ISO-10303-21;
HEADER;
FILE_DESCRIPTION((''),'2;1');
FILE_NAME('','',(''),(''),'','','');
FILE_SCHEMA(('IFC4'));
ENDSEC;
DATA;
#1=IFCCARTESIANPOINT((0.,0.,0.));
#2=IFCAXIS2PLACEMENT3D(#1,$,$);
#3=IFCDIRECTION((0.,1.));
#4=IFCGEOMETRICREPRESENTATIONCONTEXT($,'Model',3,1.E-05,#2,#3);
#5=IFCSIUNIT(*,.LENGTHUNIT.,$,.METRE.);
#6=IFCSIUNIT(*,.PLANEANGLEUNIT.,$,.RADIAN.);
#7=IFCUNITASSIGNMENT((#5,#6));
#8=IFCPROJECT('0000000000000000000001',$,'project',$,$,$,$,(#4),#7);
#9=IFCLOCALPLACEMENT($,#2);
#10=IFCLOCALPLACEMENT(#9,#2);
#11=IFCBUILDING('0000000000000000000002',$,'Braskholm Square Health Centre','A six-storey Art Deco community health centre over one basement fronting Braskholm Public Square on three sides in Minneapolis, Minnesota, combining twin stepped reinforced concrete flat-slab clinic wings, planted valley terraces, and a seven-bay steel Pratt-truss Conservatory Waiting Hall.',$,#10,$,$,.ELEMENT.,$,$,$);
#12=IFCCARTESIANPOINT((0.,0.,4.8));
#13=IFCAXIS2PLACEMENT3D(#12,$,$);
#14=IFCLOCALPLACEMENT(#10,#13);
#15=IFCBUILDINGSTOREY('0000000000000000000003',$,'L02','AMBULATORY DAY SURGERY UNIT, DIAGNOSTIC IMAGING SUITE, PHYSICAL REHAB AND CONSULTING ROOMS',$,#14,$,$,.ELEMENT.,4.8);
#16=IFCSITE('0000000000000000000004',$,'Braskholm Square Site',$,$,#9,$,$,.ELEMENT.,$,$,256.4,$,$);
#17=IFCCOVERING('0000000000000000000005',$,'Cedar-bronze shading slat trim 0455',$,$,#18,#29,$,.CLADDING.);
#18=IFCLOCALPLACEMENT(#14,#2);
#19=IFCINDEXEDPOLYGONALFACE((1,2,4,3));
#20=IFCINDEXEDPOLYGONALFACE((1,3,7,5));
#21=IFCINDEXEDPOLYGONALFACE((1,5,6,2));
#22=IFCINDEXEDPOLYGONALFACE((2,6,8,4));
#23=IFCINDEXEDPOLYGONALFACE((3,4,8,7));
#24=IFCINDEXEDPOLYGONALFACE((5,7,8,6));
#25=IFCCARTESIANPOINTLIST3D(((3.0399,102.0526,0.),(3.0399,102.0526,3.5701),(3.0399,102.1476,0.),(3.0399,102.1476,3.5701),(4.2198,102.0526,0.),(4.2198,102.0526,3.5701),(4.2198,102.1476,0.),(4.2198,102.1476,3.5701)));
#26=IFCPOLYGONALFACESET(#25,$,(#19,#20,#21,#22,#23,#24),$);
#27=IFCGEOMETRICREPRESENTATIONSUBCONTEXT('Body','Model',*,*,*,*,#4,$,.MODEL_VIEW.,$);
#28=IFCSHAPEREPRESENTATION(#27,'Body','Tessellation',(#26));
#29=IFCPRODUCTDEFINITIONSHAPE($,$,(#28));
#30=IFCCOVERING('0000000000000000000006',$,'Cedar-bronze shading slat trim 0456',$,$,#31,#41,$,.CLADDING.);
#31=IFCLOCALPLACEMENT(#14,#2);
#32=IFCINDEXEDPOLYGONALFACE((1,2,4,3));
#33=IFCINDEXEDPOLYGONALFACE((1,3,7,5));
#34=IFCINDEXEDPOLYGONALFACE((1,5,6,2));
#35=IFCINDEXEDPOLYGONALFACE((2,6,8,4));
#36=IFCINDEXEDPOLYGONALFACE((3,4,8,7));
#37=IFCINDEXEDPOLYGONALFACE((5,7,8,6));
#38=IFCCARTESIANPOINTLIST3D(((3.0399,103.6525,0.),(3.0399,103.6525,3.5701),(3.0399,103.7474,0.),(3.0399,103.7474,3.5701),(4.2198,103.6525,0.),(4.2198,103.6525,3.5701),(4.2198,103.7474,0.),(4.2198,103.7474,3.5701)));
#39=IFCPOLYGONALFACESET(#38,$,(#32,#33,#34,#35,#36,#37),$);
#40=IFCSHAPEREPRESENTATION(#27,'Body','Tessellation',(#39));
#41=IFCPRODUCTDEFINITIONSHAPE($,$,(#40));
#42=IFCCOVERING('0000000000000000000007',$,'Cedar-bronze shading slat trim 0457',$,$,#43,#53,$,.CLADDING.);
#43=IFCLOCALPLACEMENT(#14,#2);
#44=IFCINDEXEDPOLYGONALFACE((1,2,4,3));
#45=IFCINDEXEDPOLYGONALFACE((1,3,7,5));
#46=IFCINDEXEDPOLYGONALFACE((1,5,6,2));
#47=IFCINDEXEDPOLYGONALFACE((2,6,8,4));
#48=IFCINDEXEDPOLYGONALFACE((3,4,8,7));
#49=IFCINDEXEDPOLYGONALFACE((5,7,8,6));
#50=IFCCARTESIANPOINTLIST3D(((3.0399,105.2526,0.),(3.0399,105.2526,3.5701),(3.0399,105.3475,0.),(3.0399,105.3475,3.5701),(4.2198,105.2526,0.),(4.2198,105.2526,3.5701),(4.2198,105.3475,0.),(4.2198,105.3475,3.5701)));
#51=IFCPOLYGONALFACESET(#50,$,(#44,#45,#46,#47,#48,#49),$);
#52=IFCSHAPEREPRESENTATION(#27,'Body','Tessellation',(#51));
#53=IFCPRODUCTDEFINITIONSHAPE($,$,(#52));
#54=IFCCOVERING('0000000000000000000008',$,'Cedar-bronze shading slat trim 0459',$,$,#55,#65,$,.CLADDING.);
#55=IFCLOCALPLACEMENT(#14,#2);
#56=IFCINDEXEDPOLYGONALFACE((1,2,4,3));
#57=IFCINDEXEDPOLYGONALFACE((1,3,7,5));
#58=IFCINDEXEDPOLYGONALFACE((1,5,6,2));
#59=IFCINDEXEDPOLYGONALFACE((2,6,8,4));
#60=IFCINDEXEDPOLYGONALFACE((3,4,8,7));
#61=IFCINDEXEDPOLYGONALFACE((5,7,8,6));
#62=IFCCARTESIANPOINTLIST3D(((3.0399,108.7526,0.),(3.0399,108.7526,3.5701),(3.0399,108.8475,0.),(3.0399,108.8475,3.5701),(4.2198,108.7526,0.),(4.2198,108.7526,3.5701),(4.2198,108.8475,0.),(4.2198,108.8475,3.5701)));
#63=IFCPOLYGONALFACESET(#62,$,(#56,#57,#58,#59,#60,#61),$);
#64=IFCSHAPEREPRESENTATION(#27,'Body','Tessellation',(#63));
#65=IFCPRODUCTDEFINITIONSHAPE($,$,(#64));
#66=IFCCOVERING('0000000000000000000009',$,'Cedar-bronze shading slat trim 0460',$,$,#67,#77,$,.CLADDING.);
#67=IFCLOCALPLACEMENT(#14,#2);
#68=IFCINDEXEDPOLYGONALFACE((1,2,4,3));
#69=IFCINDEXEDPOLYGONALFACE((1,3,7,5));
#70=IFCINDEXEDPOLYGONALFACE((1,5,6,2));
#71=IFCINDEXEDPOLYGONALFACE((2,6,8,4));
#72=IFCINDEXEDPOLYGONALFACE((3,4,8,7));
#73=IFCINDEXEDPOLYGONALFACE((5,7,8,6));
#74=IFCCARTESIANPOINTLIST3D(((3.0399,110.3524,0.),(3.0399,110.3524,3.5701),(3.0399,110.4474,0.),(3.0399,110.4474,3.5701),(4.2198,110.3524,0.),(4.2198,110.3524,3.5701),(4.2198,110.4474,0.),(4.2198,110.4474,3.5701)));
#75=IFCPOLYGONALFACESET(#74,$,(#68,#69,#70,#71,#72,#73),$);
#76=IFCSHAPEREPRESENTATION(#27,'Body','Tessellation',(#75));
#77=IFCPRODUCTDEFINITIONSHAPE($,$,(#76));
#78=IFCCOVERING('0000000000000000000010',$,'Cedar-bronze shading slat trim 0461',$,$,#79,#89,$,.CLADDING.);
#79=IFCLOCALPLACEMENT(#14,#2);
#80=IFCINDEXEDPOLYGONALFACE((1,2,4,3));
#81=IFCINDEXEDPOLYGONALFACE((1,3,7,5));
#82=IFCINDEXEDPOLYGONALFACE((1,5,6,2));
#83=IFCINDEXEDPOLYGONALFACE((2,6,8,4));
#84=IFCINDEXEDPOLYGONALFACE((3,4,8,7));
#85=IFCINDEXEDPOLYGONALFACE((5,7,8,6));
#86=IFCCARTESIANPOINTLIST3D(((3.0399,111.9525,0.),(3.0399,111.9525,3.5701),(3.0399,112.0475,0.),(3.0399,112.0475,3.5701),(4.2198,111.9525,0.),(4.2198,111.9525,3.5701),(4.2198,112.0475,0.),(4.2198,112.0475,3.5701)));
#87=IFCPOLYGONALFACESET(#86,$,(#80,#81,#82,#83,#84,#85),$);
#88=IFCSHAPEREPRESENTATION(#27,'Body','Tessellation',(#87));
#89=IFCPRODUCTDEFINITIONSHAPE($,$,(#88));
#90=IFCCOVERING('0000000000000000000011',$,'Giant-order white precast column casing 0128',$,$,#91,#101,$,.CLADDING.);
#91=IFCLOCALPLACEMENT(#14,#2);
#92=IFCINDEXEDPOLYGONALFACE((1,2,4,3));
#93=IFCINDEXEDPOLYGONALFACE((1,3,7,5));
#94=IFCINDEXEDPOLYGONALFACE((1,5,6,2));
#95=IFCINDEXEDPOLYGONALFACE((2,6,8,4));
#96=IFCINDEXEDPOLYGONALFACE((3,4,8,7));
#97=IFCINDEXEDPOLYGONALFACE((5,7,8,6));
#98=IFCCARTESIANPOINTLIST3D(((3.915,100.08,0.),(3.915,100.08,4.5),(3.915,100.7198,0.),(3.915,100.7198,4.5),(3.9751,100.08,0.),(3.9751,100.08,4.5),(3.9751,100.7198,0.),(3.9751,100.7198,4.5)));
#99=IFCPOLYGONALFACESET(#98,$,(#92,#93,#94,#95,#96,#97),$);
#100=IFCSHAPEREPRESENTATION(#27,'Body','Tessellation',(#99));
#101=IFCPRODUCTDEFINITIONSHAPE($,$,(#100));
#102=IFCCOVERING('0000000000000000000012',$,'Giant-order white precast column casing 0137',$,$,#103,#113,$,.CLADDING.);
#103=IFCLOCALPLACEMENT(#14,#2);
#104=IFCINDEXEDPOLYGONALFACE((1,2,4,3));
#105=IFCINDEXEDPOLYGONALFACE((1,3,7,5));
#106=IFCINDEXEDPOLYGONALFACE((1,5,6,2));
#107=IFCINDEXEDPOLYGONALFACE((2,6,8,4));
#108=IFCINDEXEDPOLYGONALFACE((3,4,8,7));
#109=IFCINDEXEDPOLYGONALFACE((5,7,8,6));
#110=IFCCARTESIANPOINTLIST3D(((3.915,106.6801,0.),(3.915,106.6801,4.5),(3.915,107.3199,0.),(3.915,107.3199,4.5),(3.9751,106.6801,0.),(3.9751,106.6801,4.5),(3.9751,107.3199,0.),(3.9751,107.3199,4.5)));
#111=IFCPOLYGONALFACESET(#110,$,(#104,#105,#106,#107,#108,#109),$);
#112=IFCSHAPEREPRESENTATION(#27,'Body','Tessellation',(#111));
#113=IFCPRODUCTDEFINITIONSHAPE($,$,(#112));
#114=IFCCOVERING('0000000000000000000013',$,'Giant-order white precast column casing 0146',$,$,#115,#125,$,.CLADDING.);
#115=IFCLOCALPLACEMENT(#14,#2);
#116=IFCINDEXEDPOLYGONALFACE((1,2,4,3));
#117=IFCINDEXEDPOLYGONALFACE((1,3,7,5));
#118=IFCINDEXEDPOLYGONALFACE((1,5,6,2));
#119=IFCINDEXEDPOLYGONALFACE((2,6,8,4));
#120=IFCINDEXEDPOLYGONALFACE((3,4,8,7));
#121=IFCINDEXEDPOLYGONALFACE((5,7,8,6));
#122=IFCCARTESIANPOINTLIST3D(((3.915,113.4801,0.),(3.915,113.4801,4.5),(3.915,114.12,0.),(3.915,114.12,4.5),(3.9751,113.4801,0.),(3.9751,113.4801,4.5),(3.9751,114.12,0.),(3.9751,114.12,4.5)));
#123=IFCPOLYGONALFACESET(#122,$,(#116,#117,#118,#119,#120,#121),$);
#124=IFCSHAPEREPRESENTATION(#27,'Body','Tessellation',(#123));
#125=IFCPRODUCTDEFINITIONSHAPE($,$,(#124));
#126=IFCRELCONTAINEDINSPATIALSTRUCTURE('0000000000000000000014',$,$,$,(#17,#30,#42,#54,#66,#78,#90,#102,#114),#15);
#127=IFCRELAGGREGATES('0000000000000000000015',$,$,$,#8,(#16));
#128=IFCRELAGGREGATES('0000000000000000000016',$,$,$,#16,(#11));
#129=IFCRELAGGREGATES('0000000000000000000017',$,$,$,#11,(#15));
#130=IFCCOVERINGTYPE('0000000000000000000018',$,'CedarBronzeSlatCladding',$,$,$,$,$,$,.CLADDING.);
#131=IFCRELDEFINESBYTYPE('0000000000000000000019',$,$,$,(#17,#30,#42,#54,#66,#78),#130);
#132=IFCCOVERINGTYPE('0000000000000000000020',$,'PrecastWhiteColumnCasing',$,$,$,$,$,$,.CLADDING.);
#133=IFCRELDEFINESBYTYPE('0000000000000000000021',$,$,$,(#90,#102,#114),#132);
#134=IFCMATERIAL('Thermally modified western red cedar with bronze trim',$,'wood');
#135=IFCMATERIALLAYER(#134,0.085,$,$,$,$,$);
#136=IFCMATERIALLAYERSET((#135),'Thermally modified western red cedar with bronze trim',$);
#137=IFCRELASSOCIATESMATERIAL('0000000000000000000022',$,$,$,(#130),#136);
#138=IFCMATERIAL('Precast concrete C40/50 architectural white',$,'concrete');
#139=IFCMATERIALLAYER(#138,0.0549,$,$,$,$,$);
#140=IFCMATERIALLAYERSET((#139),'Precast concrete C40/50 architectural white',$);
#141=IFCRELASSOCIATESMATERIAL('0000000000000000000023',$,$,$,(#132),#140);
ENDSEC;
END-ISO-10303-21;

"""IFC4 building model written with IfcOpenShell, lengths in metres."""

from ifc_helpers import new_model, si_unit, direction, frame, origin, origin_2d, place, context, subcontext, project, spatial, rectangle, extrude, material, layer, layer_set, type_object, element, save


model = new_model("IFC4")

# Units and contexts
model_context = context("Model", 3, precision=1e-05, world=origin(), true_north=direction((0.0, 1.0)))
body_context = subcontext(model_context, "Body", "Model", "MODEL_VIEW")
ifc_project = project(units=[si_unit("LENGTHUNIT", "METRE"), si_unit("PLANEANGLEUNIT", "RADIAN")], contexts=[model_context])

# Site, building, storey
site_placement = place(None, origin())
site = spatial("IfcSite", under=ifc_project, at=site_placement, Name="Braskholm Square Site", CompositionType="ELEMENT", RefElevation=256.4)
building_placement = place(site_placement, origin())
building = spatial("IfcBuilding", under=site, at=building_placement, Name="Braskholm Square Health Centre", Description="A six-storey Art Deco community health centre over one basement fronting Braskholm Public Square on three sides in Minneapolis, Minnesota, combining twin stepped reinforced concrete flat-slab clinic wings, planted valley terraces, and a seven-bay steel Pratt-truss Conservatory Waiting Hall.", CompositionType="ELEMENT")
storey_placement = place(building_placement, frame((0.0, 0.0, 4.8)))
storey = spatial("IfcBuildingStorey", under=building, at=storey_placement, Name="L02", Description="AMBULATORY DAY SURGERY UNIT, DIAGNOSTIC IMAGING SUITE, PHYSICAL REHAB AND CONSULTING ROOMS", CompositionType="ELEMENT", Elevation=4.8)

# Shared definitions
ifc_material_1 = material(Name="Precast concrete C40/50 architectural white", Category="concrete")

# Shared definitions
ifc_material_2 = material(Name="Thermally modified western red cedar with bronze trim", Category="wood")

# Coverings
ifc_layer_1 = layer(ifc_material_2, 0.085)
ifc_layer_set_1 = layer_set([ifc_layer_1], Name="Thermally modified western red cedar with bronze trim")
covering_type_1 = type_object("IfcCoveringType", Name="CedarBronzeSlatCladding", PredefinedType="CLADDING", material=ifc_layer_set_1)
for number, where, z_axis, x_axis, name in (
    (1, (3.6299, 102.1001, 0.0), (0.0, 0.0, 1.0), (1.0, 0.0, 0.0), "Cedar-bronze shading slat trim 0455"),
    (2, (3.6299, 103.7, 0.0), (0.0, 0.0, 1.0), (1.0, 0.0, 0.0), "Cedar-bronze shading slat trim 0456"),
    (3, (3.6299, 105.3, 0.0), (0.0, 0.0, 1.0), (1.0, 0.0, 0.0), "Cedar-bronze shading slat trim 0457"),
    (4, (3.6299, 108.8, 0.0), (0.0, 0.0, 1.0), (1.0, 0.0, 0.0), "Cedar-bronze shading slat trim 0459"),
    (5, (3.6299, 110.3999, 0.0), (0.0, 0.0, 1.0), (1.0, 0.0, 0.0), "Cedar-bronze shading slat trim 0460"),
    (6, (3.6299, 112.0, 0.0), (0.0, 0.0, 1.0), (1.0, 0.0, 0.0), "Cedar-bronze shading slat trim 0461"),
):
    element("IfcCovering", number, at=place(storey_placement, frame(where, z_axis=z_axis, x_axis=x_axis)), inside=storey, type_object=covering_type_1, Name=name, PredefinedType="CLADDING", context=body_context, shape_type="SweptSolid", body=[
        extrude(rectangle(XDim=1.1799, YDim=0.095, at=origin_2d()), origin(), (0.0, 0.0, 1.0), 3.5701),
    ])
ifc_layer_2 = layer(ifc_material_1, 0.0549)
ifc_layer_set_2 = layer_set([ifc_layer_2], Name="Precast concrete C40/50 architectural white")
covering_type_2 = type_object("IfcCoveringType", Name="PrecastWhiteColumnCasing", PredefinedType="CLADDING", material=ifc_layer_set_2)
for number, where, z_axis, x_axis, name in (
    (7, (3.9451, 100.3999, 0.0), (0.0, 0.0, 1.0), (1.0, 0.0, 0.0), "Giant-order white precast column casing 0128"),
    (8, (3.9451, 107.0, 0.0), (0.0, 0.0, 1.0), (1.0, 0.0, 0.0), "Giant-order white precast column casing 0137"),
    (9, (3.9451, 113.8, 0.0), (0.0, 0.0, 1.0), (1.0, 0.0, 0.0), "Giant-order white precast column casing 0146"),
):
    element("IfcCovering", number, at=place(storey_placement, frame(where, z_axis=z_axis, x_axis=x_axis)), inside=storey, type_object=covering_type_2, Name=name, PredefinedType="CLADDING", context=body_context, shape_type="SweptSolid", body=[
        extrude(rectangle(XDim=0.0601, YDim=0.6399, at=origin_2d()), origin(), (0.0, 0.0, 1.0), 4.5),
    ])

save(model, "model.ifc")
